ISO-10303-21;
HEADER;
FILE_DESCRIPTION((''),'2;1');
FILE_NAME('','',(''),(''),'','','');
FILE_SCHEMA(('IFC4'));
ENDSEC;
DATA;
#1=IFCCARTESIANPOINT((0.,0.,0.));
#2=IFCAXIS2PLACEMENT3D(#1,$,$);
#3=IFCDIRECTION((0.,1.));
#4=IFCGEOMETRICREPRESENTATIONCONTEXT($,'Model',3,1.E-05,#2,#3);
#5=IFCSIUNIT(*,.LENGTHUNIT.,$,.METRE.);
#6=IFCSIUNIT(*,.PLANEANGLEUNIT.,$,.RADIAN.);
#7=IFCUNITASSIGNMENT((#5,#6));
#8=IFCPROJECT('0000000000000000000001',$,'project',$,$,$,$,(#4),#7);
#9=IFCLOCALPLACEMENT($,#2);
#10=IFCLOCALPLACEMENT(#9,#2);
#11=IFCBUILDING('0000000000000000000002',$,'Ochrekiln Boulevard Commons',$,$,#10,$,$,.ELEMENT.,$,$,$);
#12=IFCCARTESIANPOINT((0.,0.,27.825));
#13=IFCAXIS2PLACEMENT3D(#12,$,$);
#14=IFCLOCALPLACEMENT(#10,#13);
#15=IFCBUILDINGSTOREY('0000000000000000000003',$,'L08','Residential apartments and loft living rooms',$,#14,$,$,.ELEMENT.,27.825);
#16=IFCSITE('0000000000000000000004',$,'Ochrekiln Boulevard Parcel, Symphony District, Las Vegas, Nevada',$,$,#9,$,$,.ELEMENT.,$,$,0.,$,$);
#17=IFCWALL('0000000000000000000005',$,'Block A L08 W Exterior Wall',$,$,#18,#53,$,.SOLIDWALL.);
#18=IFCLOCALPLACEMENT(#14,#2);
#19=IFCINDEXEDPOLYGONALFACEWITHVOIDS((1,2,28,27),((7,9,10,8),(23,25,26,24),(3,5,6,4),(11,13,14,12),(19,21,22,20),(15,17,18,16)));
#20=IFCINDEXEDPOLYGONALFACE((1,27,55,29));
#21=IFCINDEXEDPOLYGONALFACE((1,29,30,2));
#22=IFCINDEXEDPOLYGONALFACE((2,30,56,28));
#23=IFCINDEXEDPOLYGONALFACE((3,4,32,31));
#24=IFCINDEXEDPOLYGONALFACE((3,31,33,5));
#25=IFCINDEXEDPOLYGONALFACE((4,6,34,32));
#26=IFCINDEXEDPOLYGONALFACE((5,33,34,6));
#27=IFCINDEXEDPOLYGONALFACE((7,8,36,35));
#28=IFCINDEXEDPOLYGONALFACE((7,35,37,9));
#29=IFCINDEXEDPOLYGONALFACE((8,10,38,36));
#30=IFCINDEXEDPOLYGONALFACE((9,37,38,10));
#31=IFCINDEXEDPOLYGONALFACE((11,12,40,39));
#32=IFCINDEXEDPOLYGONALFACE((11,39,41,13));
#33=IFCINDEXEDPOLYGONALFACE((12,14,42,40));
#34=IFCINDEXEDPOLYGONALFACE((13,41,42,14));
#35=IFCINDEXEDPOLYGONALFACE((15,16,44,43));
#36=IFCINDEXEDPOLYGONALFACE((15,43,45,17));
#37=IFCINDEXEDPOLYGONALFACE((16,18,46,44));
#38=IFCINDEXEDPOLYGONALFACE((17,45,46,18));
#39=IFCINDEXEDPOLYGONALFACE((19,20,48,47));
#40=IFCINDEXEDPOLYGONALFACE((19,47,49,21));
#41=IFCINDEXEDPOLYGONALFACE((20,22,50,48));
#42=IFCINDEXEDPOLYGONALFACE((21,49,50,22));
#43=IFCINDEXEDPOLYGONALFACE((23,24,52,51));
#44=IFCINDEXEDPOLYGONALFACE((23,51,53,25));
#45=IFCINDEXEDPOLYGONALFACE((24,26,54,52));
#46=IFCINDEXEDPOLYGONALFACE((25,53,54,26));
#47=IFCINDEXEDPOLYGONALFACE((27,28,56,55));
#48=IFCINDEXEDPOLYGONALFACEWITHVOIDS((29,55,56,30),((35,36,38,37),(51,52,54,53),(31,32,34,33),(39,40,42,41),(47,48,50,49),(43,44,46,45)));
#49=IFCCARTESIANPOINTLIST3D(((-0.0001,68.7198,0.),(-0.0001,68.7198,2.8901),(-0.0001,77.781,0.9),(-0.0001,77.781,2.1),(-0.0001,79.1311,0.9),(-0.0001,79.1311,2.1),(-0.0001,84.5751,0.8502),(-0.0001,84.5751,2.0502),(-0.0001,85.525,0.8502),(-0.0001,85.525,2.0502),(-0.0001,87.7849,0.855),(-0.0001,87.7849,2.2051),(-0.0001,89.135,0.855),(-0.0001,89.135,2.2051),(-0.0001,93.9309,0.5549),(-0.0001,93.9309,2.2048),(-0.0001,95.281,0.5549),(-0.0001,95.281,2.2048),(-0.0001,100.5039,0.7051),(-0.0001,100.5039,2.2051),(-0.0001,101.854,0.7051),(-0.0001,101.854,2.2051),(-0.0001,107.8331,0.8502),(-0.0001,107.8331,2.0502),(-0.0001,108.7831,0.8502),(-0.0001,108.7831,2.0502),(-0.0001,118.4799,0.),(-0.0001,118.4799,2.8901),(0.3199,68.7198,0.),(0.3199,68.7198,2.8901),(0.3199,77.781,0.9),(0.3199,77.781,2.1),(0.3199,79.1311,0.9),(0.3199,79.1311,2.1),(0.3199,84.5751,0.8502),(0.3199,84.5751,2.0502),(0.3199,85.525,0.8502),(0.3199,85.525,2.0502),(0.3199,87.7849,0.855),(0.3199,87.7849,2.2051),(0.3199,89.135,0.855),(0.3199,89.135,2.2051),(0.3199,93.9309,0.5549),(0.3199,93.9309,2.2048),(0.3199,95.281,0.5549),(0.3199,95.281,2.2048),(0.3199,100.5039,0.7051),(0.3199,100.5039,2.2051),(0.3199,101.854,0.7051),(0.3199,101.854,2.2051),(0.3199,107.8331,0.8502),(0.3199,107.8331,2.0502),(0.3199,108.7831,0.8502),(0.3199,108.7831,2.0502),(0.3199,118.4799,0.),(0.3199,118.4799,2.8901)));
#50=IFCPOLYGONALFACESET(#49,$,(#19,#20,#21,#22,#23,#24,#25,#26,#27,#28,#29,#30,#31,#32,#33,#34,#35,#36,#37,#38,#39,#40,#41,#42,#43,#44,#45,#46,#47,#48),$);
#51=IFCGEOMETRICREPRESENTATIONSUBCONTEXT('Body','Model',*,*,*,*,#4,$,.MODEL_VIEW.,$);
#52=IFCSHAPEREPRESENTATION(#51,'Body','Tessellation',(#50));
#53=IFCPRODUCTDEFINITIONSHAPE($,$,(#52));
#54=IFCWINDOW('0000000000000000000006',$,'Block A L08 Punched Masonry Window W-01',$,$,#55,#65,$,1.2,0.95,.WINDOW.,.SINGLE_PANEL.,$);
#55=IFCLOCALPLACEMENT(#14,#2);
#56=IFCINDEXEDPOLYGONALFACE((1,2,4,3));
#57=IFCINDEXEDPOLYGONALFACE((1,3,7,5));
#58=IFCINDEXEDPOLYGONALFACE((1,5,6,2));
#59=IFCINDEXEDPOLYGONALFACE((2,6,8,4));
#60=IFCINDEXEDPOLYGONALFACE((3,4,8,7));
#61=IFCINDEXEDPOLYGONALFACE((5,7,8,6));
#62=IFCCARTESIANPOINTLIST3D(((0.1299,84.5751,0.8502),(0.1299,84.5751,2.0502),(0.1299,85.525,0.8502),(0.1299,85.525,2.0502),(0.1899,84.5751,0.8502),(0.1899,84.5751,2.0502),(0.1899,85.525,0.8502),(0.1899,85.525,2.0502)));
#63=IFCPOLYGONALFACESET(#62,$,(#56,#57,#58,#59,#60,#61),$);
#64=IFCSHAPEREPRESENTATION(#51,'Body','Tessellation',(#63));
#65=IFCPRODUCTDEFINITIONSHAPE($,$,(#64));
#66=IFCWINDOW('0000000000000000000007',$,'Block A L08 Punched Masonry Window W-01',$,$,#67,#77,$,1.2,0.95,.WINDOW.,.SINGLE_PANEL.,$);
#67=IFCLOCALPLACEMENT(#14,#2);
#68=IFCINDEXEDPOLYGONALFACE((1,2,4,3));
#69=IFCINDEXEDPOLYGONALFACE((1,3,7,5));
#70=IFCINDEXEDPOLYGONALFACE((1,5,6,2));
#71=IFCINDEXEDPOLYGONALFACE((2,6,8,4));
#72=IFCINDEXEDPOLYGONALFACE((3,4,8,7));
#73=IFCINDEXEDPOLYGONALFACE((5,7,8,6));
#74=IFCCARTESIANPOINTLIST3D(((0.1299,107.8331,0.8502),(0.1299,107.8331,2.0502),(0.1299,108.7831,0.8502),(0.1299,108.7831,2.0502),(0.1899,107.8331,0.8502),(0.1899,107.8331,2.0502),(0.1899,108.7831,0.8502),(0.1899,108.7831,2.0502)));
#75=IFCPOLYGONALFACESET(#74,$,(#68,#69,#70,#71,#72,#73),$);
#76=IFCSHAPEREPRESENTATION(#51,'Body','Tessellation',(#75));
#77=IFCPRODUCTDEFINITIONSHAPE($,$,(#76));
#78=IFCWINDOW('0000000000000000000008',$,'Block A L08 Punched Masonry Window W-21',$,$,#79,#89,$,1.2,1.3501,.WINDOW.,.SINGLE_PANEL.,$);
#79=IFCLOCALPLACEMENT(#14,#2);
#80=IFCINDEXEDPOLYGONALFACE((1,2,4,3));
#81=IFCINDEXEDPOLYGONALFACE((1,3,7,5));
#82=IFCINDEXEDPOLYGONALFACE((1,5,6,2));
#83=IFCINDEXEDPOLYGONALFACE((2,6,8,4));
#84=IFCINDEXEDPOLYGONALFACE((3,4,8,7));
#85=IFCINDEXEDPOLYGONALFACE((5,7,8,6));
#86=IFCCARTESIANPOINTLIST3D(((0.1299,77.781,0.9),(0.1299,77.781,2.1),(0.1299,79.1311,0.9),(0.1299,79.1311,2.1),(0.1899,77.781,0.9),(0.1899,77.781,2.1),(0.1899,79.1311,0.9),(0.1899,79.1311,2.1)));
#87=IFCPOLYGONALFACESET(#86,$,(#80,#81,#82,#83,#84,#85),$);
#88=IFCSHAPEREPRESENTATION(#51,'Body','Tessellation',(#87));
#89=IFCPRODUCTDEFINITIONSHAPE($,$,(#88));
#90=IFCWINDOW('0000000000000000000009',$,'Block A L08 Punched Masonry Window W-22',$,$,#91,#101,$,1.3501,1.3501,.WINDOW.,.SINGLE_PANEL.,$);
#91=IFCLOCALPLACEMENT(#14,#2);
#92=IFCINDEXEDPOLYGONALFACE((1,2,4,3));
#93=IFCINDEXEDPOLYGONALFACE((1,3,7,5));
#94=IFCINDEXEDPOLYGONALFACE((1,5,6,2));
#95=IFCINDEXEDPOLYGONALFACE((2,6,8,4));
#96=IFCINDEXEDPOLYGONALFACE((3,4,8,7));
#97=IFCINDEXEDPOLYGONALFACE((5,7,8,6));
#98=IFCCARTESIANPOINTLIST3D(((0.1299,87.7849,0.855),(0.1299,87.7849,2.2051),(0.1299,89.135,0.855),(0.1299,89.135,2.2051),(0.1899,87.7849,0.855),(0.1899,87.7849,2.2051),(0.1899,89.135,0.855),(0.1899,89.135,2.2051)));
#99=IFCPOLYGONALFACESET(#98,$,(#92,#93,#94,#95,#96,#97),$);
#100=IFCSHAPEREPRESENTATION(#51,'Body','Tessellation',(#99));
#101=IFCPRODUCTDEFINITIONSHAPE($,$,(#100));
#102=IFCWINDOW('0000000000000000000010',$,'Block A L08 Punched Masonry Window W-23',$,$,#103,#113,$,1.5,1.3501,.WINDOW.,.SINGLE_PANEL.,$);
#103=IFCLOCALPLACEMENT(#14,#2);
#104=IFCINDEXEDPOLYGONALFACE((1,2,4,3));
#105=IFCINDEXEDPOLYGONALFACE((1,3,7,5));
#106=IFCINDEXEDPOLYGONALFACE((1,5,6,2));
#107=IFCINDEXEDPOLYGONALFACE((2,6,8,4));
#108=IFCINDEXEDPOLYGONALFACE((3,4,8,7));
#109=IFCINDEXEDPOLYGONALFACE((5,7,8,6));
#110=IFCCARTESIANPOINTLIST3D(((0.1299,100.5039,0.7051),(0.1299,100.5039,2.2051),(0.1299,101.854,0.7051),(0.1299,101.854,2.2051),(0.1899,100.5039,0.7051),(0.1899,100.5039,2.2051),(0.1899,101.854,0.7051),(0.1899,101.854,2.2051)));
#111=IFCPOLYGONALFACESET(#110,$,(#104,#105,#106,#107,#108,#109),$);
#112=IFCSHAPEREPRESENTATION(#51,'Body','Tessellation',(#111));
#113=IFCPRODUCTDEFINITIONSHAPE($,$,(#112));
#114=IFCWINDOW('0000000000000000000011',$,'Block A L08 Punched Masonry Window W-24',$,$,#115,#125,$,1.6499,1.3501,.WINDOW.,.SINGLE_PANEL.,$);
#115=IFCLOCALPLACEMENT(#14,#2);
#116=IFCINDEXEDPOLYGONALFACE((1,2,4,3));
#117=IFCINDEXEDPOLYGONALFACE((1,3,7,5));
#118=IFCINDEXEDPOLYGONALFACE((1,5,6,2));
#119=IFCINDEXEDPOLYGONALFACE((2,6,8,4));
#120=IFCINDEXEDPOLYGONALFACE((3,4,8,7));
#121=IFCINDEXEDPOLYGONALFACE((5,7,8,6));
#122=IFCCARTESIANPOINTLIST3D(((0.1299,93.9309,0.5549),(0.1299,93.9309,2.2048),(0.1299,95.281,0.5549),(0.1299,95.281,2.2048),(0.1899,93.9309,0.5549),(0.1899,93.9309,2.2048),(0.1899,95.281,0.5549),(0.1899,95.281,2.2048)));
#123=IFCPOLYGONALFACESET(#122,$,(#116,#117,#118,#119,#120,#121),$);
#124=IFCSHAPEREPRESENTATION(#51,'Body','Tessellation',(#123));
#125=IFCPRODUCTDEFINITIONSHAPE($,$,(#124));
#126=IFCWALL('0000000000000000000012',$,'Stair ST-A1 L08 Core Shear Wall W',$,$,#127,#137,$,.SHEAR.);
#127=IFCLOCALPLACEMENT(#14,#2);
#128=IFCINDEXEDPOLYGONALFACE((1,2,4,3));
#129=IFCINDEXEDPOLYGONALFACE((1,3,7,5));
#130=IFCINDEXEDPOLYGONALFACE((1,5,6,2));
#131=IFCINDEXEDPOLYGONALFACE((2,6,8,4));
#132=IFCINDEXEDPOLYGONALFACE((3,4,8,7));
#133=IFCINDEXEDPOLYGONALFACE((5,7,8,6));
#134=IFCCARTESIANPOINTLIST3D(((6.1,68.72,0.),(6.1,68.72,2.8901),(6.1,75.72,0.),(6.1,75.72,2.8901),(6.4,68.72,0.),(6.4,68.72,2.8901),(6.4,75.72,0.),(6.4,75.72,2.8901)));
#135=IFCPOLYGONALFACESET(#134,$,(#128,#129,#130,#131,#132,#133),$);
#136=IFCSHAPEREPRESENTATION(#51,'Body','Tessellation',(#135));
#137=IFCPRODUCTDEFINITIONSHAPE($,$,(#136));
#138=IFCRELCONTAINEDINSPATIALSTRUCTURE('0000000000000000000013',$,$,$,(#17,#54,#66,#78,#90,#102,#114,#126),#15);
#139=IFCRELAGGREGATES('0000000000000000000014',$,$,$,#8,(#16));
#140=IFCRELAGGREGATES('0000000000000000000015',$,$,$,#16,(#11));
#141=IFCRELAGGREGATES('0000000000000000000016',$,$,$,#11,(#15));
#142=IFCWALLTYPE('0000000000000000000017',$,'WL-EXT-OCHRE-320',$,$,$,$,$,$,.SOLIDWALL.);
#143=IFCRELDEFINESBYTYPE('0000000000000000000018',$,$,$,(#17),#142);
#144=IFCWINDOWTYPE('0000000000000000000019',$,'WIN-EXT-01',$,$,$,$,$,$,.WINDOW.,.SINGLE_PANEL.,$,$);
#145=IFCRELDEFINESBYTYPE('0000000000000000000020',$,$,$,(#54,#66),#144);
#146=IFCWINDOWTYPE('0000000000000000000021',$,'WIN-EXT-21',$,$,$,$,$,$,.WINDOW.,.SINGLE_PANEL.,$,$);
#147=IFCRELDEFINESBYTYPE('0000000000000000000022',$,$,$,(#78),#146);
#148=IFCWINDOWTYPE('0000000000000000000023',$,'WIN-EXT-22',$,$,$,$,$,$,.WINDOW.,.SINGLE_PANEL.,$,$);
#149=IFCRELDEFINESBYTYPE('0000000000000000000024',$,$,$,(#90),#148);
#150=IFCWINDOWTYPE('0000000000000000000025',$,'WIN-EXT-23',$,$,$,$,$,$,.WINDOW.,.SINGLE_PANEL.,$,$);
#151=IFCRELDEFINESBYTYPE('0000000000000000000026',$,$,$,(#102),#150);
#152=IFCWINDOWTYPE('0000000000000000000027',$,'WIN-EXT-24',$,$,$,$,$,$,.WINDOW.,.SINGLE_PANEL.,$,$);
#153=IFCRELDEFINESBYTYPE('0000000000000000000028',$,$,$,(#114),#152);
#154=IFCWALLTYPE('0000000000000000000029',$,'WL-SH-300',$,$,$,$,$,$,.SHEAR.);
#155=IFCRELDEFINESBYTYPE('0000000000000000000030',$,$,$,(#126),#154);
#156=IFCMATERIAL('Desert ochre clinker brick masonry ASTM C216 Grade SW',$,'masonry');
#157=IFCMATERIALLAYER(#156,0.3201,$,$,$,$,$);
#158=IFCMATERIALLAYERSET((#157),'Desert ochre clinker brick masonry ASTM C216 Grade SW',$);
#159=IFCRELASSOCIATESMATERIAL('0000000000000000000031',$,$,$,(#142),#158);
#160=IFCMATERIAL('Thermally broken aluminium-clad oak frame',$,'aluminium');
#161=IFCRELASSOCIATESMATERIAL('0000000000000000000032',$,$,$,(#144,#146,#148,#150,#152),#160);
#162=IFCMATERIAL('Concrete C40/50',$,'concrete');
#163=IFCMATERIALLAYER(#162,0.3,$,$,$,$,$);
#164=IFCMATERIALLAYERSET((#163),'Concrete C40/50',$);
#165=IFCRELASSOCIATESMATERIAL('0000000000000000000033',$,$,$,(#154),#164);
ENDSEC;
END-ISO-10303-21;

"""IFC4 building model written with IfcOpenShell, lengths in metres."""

from ifc_helpers import new_model, si_unit, direction, frame, frame_2d, origin, place, context, subcontext, project, spatial, rectangle, extrude, material, layer, layer_set, type_object, element, fill, save


model = new_model("IFC4")

# Units and contexts
model_context = context("Model", 3, precision=1e-05, world=origin(), true_north=direction((0.0, 1.0)))
body_context = subcontext(model_context, "Body", "Model", "MODEL_VIEW")
ifc_project = project(units=[si_unit("LENGTHUNIT", "METRE"), si_unit("PLANEANGLEUNIT", "RADIAN")], contexts=[model_context])

# Site, building, storey
site_placement = place(None, origin())
site = spatial("IfcSite", under=ifc_project, at=site_placement, Name="Ochrekiln Boulevard Parcel, Symphony District, Las Vegas, Nevada", CompositionType="ELEMENT", RefElevation=0.0)
building_placement = place(site_placement, origin())
building = spatial("IfcBuilding", under=site, at=building_placement, Name="Ochrekiln Boulevard Commons", CompositionType="ELEMENT")
storey_placement = place(building_placement, frame((0.0, 0.0, 27.825)))
storey = spatial("IfcBuildingStorey", under=building, at=storey_placement, Name="L08", Description="Residential apartments and loft living rooms", CompositionType="ELEMENT", Elevation=27.825)

# Shared definitions
ifc_material_1 = material(Name="Concrete C40/50", Category="concrete")

# Wall, openings, windows
ifc_material_2 = material(Name="Desert ochre clinker brick masonry ASTM C216 Grade SW", Category="masonry")
ifc_layer_1 = layer(ifc_material_2, 0.3201)
ifc_layer_set_1 = layer_set([ifc_layer_1], Name="Desert ochre clinker brick masonry ASTM C216 Grade SW")
wall_type_1 = type_object("IfcWallType", Name="WL-EXT-OCHRE-320", PredefinedType="SOLIDWALL", material=ifc_layer_set_1)
wall_1_placement = place(storey_placement, frame((0.1599, 68.72, 0.0), z_axis=(0.0, 0.0, 1.0), x_axis=(0.0, 1.0, 0.0)))
wall_1 = element("IfcWall", 1, at=wall_1_placement, inside=storey, type_object=wall_type_1, Name="Block A L08 W Exterior Wall", PredefinedType="SOLIDWALL", context=body_context, shape_type="SweptSolid", body=[
    extrude(rectangle(XDim=49.76, YDim=0.3201, at=frame_2d((24.8799, 0.0))), origin(), (0.0, 0.0, 1.0), 2.8901),
])
opening_1_placement = place(wall_1_placement, frame((15.855, 0.0, 0.8501)))
opening_1 = element("IfcOpeningElement", 2, at=opening_1_placement, cuts=wall_1, PredefinedType="OPENING", context=body_context, shape_type="SweptSolid", body=[
    extrude(rectangle(XDim=0.95, YDim=1.2, at=frame_2d((0.4751, 0.6001))), frame((0.0, 0.1699, 0.0), z_axis=(0.0, -1.0, 0.0), x_axis=(1.0, 0.0, 0.0)), (0.0, 0.0, 1.0), 0.3401),
])
opening_2_placement = place(wall_1_placement, frame((9.061, 0.0, 0.8999)))
opening_2 = element("IfcOpeningElement", 3, at=opening_2_placement, cuts=wall_1, PredefinedType="OPENING", context=body_context, shape_type="SweptSolid", body=[
    extrude(rectangle(XDim=1.3501, YDim=1.2, at=frame_2d((0.675, 0.6001))), frame((0.0, 0.1699, 0.0), z_axis=(0.0, -1.0, 0.0), x_axis=(1.0, 0.0, 0.0)), (0.0, 0.0, 1.0), 0.3401),
])
opening_3_placement = place(wall_1_placement, frame((19.0649, 0.0, 0.855)))
opening_3 = element("IfcOpeningElement", 4, at=opening_3_placement, cuts=wall_1, PredefinedType="OPENING", context=body_context, shape_type="SweptSolid", body=[
    extrude(rectangle(XDim=1.3501, YDim=1.3501, at=frame_2d((0.675, 0.675))), frame((0.0, 0.1699, 0.0), z_axis=(0.0, -1.0, 0.0), x_axis=(1.0, 0.0, 0.0)), (0.0, 0.0, 1.0), 0.3401),
])
opening_4_placement = place(wall_1_placement, frame((31.7839, 0.0, 0.7051)))
opening_4 = element("IfcOpeningElement", 5, at=opening_4_placement, cuts=wall_1, PredefinedType="OPENING", context=body_context, shape_type="SweptSolid", body=[
    extrude(rectangle(XDim=1.3501, YDim=1.5, at=frame_2d((0.675, 0.75))), frame((0.0, 0.1699, 0.0), z_axis=(0.0, -1.0, 0.0), x_axis=(1.0, 0.0, 0.0)), (0.0, 0.0, 1.0), 0.3401),
])
opening_5_placement = place(wall_1_placement, frame((25.2109, 0.0, 0.5549)))
opening_5 = element("IfcOpeningElement", 6, at=opening_5_placement, cuts=wall_1, PredefinedType="OPENING", context=body_context, shape_type="SweptSolid", body=[
    extrude(rectangle(XDim=1.3501, YDim=1.6499, at=frame_2d((0.675, 0.825))), frame((0.0, 0.1699, 0.0), z_axis=(0.0, -1.0, 0.0), x_axis=(1.0, 0.0, 0.0)), (0.0, 0.0, 1.0), 0.3401),
])
opening_6_placement = place(wall_1_placement, frame((39.113, 0.0, 0.8501)))
opening_6 = element("IfcOpeningElement", 7, at=opening_6_placement, cuts=wall_1, PredefinedType="OPENING", context=body_context, shape_type="SweptSolid", body=[
    extrude(rectangle(XDim=0.95, YDim=1.2, at=frame_2d((0.4751, 0.6001))), frame((0.0, 0.1699, 0.0), z_axis=(0.0, -1.0, 0.0), x_axis=(1.0, 0.0, 0.0)), (0.0, 0.0, 1.0), 0.3401),
])
ifc_material_3 = material(Name="Thermally broken aluminium-clad oak frame", Category="aluminium")
window_type_1 = type_object("IfcWindowType", Name="WIN-EXT-01", PartitioningType="SINGLE_PANEL", PredefinedType="WINDOW", material=ifc_material_3)
window_1_placement = place(opening_1_placement, origin())
window_1 = element("IfcWindow", 8, at=window_1_placement, inside=storey, type_object=window_type_1, Name="Block A L08 Punched Masonry Window W-01", OverallHeight=1.2, OverallWidth=0.95, PartitioningType="SINGLE_PANEL", PredefinedType="WINDOW", context=body_context, shape_type="SweptSolid", body=[
    extrude(rectangle(XDim=0.95, YDim=1.2, at=frame_2d((0.4751, 0.6001))), frame((0.0, 0.03, 0.0), z_axis=(0.0, -1.0, 0.0), x_axis=(1.0, 0.0, 0.0)), (0.0, 0.0, 1.0), 0.0601),
])
fill(opening_1, window_1)
window_2_placement = place(opening_6_placement, origin())
window_2 = element("IfcWindow", 9, at=window_2_placement, inside=storey, type_object=window_type_1, Name="Block A L08 Punched Masonry Window W-01", OverallHeight=1.2, OverallWidth=0.95, PartitioningType="SINGLE_PANEL", PredefinedType="WINDOW", context=body_context, shape_type="SweptSolid", body=[
    extrude(rectangle(XDim=0.95, YDim=1.2, at=frame_2d((0.4751, 0.6001))), frame((0.0, 0.03, 0.0), z_axis=(0.0, -1.0, 0.0), x_axis=(1.0, 0.0, 0.0)), (0.0, 0.0, 1.0), 0.0601),
])
fill(opening_6, window_2)
window_type_2 = type_object("IfcWindowType", Name="WIN-EXT-21", PartitioningType="SINGLE_PANEL", PredefinedType="WINDOW", material=ifc_material_3)
window_3_placement = place(opening_2_placement, origin())
window_3 = element("IfcWindow", 10, at=window_3_placement, inside=storey, type_object=window_type_2, Name="Block A L08 Punched Masonry Window W-21", OverallHeight=1.2, OverallWidth=1.3501, PartitioningType="SINGLE_PANEL", PredefinedType="WINDOW", context=body_context, shape_type="SweptSolid", body=[
    extrude(rectangle(XDim=1.3501, YDim=1.2, at=frame_2d((0.675, 0.6001))), frame((0.0, 0.03, 0.0), z_axis=(0.0, -1.0, 0.0), x_axis=(1.0, 0.0, 0.0)), (0.0, 0.0, 1.0), 0.0601),
])
fill(opening_2, window_3)
window_type_3 = type_object("IfcWindowType", Name="WIN-EXT-22", PartitioningType="SINGLE_PANEL", PredefinedType="WINDOW", material=ifc_material_3)
window_4_placement = place(opening_3_placement, origin())
window_4 = element("IfcWindow", 11, at=window_4_placement, inside=storey, type_object=window_type_3, Name="Block A L08 Punched Masonry Window W-22", OverallHeight=1.3501, OverallWidth=1.3501, PartitioningType="SINGLE_PANEL", PredefinedType="WINDOW", context=body_context, shape_type="SweptSolid", body=[
    extrude(rectangle(XDim=1.3501, YDim=1.3501, at=frame_2d((0.675, 0.675))), frame((0.0, 0.03, 0.0), z_axis=(0.0, -1.0, 0.0), x_axis=(1.0, 0.0, 0.0)), (0.0, 0.0, 1.0), 0.0601),
])
fill(opening_3, window_4)
window_type_4 = type_object("IfcWindowType", Name="WIN-EXT-23", PartitioningType="SINGLE_PANEL", PredefinedType="WINDOW", material=ifc_material_3)
window_5_placement = place(opening_4_placement, origin())
window_5 = element("IfcWindow", 12, at=window_5_placement, inside=storey, type_object=window_type_4, Name="Block A L08 Punched Masonry Window W-23", OverallHeight=1.5, OverallWidth=1.3501, PartitioningType="SINGLE_PANEL", PredefinedType="WINDOW", context=body_context, shape_type="SweptSolid", body=[
    extrude(rectangle(XDim=1.3501, YDim=1.5, at=frame_2d((0.675, 0.75))), frame((0.0, 0.03, 0.0), z_axis=(0.0, -1.0, 0.0), x_axis=(1.0, 0.0, 0.0)), (0.0, 0.0, 1.0), 0.0601),
])
fill(opening_4, window_5)
window_type_5 = type_object("IfcWindowType", Name="WIN-EXT-24", PartitioningType="SINGLE_PANEL", PredefinedType="WINDOW", material=ifc_material_3)
window_6_placement = place(opening_5_placement, origin())
window_6 = element("IfcWindow", 13, at=window_6_placement, inside=storey, type_object=window_type_5, Name="Block A L08 Punched Masonry Window W-24", OverallHeight=1.6499, OverallWidth=1.3501, PartitioningType="SINGLE_PANEL", PredefinedType="WINDOW", context=body_context, shape_type="SweptSolid", body=[
    extrude(rectangle(XDim=1.3501, YDim=1.6499, at=frame_2d((0.675, 0.825))), frame((0.0, 0.03, 0.0), z_axis=(0.0, -1.0, 0.0), x_axis=(1.0, 0.0, 0.0)), (0.0, 0.0, 1.0), 0.0601),
])
fill(opening_5, window_6)

# Wall
ifc_layer_2 = layer(ifc_material_1, 0.3)
ifc_layer_set_2 = layer_set([ifc_layer_2], Name="Concrete C40/50")
wall_type_2 = type_object("IfcWallType", Name="WL-SH-300", PredefinedType="SHEAR", material=ifc_layer_set_2)
wall_2_placement = place(storey_placement, frame((6.25, 68.72, 0.0), z_axis=(0.0, 0.0, 1.0), x_axis=(0.0, 1.0, 0.0)))
element("IfcWall", 14, at=wall_2_placement, inside=storey, type_object=wall_type_2, Name="Stair ST-A1 L08 Core Shear Wall W", PredefinedType="SHEAR", context=body_context, shape_type="SweptSolid", body=[
    extrude(rectangle(XDim=7.0, YDim=0.3, at=frame_2d((3.5, 0.0))), origin(), (0.0, 0.0, 1.0), 2.8901),
])

save(model, "model.ifc")
